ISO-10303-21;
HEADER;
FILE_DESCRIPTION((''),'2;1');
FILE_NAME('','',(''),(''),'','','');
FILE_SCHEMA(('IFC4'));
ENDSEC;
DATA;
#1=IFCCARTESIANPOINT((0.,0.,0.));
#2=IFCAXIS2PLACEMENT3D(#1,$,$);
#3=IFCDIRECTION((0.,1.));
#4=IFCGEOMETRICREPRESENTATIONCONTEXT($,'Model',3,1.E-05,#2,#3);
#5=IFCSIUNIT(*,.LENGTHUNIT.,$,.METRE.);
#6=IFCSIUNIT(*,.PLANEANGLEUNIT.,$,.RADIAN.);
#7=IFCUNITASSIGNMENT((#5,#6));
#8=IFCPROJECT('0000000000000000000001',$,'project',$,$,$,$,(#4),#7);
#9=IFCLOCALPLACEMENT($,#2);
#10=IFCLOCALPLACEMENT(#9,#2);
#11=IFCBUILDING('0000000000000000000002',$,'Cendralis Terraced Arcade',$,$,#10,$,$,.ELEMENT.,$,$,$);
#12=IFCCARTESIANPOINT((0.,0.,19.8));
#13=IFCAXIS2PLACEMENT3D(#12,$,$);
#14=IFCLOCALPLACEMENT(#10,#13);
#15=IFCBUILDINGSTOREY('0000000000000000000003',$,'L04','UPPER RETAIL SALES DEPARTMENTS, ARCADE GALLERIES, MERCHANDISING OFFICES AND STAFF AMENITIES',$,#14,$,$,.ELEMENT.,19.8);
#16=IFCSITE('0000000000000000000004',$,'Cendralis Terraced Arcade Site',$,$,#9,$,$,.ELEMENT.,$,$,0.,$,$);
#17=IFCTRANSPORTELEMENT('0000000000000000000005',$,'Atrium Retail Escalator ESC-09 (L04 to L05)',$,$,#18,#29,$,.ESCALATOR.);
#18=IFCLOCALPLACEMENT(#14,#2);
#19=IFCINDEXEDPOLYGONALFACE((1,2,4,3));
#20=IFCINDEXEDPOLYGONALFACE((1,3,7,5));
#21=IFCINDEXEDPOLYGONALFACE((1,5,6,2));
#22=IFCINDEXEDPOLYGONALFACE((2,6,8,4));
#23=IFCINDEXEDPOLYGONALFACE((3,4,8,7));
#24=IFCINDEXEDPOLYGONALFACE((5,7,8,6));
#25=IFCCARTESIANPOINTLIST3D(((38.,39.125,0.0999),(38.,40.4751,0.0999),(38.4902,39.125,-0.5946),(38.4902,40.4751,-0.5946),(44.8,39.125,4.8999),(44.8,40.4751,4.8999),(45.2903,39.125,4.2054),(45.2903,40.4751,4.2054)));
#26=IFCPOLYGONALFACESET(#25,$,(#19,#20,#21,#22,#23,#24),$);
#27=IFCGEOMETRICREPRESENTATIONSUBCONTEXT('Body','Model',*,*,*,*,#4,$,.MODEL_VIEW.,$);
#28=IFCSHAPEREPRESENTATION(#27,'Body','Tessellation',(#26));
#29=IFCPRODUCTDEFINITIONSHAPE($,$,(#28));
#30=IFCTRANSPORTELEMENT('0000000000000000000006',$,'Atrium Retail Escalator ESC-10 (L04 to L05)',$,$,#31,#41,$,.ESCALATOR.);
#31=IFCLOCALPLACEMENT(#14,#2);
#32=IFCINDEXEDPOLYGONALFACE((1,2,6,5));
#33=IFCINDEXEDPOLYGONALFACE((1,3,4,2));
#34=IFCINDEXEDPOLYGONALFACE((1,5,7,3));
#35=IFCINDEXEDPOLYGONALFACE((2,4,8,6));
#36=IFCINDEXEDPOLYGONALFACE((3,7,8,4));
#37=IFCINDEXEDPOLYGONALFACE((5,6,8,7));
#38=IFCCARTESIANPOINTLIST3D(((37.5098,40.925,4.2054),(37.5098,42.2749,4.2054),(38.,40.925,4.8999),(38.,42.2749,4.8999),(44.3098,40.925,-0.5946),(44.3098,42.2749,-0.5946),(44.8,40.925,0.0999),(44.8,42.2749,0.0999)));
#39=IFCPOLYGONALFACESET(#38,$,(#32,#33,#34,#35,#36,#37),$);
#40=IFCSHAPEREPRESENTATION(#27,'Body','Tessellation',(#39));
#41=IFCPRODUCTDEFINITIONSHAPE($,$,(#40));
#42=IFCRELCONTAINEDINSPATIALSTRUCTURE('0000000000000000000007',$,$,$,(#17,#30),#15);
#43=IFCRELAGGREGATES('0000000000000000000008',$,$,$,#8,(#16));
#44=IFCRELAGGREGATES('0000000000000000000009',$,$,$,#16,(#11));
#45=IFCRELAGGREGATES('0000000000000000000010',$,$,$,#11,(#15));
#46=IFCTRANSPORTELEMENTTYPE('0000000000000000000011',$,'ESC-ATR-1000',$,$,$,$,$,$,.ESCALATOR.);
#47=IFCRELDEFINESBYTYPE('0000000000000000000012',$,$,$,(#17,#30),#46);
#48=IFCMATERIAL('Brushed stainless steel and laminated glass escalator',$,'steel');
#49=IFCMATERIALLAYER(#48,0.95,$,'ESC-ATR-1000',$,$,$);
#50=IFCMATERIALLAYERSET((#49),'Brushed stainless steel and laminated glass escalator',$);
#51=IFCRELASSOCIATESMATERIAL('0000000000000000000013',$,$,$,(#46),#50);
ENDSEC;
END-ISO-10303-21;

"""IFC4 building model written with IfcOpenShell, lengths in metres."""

from ifc_helpers import new_model, si_unit, direction, frame, origin, place, context, subcontext, project, spatial, polyline, outline, extrude, material, layer, layer_set, type_object, element, save


model = new_model("IFC4")

# Units and contexts
model_context = context("Model", 3, precision=1e-05, world=origin(), true_north=direction((0.0, 1.0)))
body_context = subcontext(model_context, "Body", "Model", "MODEL_VIEW")
ifc_project = project(units=[si_unit("LENGTHUNIT", "METRE"), si_unit("PLANEANGLEUNIT", "RADIAN")], contexts=[model_context])

# Site, building, storey
site_placement = place(None, origin())
site = spatial("IfcSite", under=ifc_project, at=site_placement, Name="Cendralis Terraced Arcade Site", CompositionType="ELEMENT", RefElevation=0.0)
building_placement = place(site_placement, origin())
building = spatial("IfcBuilding", under=site, at=building_placement, Name="Cendralis Terraced Arcade", CompositionType="ELEMENT")
storey_placement = place(building_placement, frame((0.0, 0.0, 19.8)))
storey = spatial("IfcBuildingStorey", under=building, at=storey_placement, Name="L04", Description="UPPER RETAIL SALES DEPARTMENTS, ARCADE GALLERIES, MERCHANDISING OFFICES AND STAFF AMENITIES", CompositionType="ELEMENT", Elevation=19.8)

# Transport elements
ifc_material_1 = material(Name="Brushed stainless steel and laminated glass escalator", Category="steel")
ifc_layer_1 = layer(ifc_material_1, 0.95, Name="ESC-ATR-1000")
ifc_layer_set_1 = layer_set([ifc_layer_1], Name="Brushed stainless steel and laminated glass escalator")
transport_element_type = type_object("IfcTransportElementType", Name="ESC-ATR-1000", PredefinedType="ESCALATOR", material=ifc_layer_set_1)
transport_element_1_placement = place(storey_placement, frame((38.0, 39.125, 0.0999), z_axis=(-0.576684, 0.0, 0.816967), x_axis=(0.816967, 0.0, 0.576684)))
element("IfcTransportElement", 1, at=transport_element_1_placement, inside=storey, type_object=transport_element_type, Name="Atrium Retail Escalator ESC-09 (L04 to L05)", PredefinedType="ESCALATOR", context=body_context, shape_type="SweptSolid", body=[
    extrude(outline(polyline([(0.0, 0.0), (8.3235, 0.0), (8.3235, 1.3501), (0.0, 1.3501), (0.0, 0.0)])), origin(), (0.0, 0.0, -1.0), 0.8501),
])
transport_element_2_placement = place(storey_placement, frame((44.8, 40.925, 0.0999), z_axis=(0.576684, 0.0, 0.816967), x_axis=(-0.816967, 0.0, 0.576684)))
element("IfcTransportElement", 2, at=transport_element_2_placement, inside=storey, type_object=transport_element_type, Name="Atrium Retail Escalator ESC-10 (L04 to L05)", PredefinedType="ESCALATOR", context=body_context, shape_type="SweptSolid", body=[
    extrude(outline(polyline([(0.0, 0.0), (8.3235, 0.0), (8.3235, -1.3499), (0.0, -1.3499), (0.0, 0.0)])), origin(), (0.0, 0.0, -1.0), 0.8501),
])

save(model, "model.ifc")
